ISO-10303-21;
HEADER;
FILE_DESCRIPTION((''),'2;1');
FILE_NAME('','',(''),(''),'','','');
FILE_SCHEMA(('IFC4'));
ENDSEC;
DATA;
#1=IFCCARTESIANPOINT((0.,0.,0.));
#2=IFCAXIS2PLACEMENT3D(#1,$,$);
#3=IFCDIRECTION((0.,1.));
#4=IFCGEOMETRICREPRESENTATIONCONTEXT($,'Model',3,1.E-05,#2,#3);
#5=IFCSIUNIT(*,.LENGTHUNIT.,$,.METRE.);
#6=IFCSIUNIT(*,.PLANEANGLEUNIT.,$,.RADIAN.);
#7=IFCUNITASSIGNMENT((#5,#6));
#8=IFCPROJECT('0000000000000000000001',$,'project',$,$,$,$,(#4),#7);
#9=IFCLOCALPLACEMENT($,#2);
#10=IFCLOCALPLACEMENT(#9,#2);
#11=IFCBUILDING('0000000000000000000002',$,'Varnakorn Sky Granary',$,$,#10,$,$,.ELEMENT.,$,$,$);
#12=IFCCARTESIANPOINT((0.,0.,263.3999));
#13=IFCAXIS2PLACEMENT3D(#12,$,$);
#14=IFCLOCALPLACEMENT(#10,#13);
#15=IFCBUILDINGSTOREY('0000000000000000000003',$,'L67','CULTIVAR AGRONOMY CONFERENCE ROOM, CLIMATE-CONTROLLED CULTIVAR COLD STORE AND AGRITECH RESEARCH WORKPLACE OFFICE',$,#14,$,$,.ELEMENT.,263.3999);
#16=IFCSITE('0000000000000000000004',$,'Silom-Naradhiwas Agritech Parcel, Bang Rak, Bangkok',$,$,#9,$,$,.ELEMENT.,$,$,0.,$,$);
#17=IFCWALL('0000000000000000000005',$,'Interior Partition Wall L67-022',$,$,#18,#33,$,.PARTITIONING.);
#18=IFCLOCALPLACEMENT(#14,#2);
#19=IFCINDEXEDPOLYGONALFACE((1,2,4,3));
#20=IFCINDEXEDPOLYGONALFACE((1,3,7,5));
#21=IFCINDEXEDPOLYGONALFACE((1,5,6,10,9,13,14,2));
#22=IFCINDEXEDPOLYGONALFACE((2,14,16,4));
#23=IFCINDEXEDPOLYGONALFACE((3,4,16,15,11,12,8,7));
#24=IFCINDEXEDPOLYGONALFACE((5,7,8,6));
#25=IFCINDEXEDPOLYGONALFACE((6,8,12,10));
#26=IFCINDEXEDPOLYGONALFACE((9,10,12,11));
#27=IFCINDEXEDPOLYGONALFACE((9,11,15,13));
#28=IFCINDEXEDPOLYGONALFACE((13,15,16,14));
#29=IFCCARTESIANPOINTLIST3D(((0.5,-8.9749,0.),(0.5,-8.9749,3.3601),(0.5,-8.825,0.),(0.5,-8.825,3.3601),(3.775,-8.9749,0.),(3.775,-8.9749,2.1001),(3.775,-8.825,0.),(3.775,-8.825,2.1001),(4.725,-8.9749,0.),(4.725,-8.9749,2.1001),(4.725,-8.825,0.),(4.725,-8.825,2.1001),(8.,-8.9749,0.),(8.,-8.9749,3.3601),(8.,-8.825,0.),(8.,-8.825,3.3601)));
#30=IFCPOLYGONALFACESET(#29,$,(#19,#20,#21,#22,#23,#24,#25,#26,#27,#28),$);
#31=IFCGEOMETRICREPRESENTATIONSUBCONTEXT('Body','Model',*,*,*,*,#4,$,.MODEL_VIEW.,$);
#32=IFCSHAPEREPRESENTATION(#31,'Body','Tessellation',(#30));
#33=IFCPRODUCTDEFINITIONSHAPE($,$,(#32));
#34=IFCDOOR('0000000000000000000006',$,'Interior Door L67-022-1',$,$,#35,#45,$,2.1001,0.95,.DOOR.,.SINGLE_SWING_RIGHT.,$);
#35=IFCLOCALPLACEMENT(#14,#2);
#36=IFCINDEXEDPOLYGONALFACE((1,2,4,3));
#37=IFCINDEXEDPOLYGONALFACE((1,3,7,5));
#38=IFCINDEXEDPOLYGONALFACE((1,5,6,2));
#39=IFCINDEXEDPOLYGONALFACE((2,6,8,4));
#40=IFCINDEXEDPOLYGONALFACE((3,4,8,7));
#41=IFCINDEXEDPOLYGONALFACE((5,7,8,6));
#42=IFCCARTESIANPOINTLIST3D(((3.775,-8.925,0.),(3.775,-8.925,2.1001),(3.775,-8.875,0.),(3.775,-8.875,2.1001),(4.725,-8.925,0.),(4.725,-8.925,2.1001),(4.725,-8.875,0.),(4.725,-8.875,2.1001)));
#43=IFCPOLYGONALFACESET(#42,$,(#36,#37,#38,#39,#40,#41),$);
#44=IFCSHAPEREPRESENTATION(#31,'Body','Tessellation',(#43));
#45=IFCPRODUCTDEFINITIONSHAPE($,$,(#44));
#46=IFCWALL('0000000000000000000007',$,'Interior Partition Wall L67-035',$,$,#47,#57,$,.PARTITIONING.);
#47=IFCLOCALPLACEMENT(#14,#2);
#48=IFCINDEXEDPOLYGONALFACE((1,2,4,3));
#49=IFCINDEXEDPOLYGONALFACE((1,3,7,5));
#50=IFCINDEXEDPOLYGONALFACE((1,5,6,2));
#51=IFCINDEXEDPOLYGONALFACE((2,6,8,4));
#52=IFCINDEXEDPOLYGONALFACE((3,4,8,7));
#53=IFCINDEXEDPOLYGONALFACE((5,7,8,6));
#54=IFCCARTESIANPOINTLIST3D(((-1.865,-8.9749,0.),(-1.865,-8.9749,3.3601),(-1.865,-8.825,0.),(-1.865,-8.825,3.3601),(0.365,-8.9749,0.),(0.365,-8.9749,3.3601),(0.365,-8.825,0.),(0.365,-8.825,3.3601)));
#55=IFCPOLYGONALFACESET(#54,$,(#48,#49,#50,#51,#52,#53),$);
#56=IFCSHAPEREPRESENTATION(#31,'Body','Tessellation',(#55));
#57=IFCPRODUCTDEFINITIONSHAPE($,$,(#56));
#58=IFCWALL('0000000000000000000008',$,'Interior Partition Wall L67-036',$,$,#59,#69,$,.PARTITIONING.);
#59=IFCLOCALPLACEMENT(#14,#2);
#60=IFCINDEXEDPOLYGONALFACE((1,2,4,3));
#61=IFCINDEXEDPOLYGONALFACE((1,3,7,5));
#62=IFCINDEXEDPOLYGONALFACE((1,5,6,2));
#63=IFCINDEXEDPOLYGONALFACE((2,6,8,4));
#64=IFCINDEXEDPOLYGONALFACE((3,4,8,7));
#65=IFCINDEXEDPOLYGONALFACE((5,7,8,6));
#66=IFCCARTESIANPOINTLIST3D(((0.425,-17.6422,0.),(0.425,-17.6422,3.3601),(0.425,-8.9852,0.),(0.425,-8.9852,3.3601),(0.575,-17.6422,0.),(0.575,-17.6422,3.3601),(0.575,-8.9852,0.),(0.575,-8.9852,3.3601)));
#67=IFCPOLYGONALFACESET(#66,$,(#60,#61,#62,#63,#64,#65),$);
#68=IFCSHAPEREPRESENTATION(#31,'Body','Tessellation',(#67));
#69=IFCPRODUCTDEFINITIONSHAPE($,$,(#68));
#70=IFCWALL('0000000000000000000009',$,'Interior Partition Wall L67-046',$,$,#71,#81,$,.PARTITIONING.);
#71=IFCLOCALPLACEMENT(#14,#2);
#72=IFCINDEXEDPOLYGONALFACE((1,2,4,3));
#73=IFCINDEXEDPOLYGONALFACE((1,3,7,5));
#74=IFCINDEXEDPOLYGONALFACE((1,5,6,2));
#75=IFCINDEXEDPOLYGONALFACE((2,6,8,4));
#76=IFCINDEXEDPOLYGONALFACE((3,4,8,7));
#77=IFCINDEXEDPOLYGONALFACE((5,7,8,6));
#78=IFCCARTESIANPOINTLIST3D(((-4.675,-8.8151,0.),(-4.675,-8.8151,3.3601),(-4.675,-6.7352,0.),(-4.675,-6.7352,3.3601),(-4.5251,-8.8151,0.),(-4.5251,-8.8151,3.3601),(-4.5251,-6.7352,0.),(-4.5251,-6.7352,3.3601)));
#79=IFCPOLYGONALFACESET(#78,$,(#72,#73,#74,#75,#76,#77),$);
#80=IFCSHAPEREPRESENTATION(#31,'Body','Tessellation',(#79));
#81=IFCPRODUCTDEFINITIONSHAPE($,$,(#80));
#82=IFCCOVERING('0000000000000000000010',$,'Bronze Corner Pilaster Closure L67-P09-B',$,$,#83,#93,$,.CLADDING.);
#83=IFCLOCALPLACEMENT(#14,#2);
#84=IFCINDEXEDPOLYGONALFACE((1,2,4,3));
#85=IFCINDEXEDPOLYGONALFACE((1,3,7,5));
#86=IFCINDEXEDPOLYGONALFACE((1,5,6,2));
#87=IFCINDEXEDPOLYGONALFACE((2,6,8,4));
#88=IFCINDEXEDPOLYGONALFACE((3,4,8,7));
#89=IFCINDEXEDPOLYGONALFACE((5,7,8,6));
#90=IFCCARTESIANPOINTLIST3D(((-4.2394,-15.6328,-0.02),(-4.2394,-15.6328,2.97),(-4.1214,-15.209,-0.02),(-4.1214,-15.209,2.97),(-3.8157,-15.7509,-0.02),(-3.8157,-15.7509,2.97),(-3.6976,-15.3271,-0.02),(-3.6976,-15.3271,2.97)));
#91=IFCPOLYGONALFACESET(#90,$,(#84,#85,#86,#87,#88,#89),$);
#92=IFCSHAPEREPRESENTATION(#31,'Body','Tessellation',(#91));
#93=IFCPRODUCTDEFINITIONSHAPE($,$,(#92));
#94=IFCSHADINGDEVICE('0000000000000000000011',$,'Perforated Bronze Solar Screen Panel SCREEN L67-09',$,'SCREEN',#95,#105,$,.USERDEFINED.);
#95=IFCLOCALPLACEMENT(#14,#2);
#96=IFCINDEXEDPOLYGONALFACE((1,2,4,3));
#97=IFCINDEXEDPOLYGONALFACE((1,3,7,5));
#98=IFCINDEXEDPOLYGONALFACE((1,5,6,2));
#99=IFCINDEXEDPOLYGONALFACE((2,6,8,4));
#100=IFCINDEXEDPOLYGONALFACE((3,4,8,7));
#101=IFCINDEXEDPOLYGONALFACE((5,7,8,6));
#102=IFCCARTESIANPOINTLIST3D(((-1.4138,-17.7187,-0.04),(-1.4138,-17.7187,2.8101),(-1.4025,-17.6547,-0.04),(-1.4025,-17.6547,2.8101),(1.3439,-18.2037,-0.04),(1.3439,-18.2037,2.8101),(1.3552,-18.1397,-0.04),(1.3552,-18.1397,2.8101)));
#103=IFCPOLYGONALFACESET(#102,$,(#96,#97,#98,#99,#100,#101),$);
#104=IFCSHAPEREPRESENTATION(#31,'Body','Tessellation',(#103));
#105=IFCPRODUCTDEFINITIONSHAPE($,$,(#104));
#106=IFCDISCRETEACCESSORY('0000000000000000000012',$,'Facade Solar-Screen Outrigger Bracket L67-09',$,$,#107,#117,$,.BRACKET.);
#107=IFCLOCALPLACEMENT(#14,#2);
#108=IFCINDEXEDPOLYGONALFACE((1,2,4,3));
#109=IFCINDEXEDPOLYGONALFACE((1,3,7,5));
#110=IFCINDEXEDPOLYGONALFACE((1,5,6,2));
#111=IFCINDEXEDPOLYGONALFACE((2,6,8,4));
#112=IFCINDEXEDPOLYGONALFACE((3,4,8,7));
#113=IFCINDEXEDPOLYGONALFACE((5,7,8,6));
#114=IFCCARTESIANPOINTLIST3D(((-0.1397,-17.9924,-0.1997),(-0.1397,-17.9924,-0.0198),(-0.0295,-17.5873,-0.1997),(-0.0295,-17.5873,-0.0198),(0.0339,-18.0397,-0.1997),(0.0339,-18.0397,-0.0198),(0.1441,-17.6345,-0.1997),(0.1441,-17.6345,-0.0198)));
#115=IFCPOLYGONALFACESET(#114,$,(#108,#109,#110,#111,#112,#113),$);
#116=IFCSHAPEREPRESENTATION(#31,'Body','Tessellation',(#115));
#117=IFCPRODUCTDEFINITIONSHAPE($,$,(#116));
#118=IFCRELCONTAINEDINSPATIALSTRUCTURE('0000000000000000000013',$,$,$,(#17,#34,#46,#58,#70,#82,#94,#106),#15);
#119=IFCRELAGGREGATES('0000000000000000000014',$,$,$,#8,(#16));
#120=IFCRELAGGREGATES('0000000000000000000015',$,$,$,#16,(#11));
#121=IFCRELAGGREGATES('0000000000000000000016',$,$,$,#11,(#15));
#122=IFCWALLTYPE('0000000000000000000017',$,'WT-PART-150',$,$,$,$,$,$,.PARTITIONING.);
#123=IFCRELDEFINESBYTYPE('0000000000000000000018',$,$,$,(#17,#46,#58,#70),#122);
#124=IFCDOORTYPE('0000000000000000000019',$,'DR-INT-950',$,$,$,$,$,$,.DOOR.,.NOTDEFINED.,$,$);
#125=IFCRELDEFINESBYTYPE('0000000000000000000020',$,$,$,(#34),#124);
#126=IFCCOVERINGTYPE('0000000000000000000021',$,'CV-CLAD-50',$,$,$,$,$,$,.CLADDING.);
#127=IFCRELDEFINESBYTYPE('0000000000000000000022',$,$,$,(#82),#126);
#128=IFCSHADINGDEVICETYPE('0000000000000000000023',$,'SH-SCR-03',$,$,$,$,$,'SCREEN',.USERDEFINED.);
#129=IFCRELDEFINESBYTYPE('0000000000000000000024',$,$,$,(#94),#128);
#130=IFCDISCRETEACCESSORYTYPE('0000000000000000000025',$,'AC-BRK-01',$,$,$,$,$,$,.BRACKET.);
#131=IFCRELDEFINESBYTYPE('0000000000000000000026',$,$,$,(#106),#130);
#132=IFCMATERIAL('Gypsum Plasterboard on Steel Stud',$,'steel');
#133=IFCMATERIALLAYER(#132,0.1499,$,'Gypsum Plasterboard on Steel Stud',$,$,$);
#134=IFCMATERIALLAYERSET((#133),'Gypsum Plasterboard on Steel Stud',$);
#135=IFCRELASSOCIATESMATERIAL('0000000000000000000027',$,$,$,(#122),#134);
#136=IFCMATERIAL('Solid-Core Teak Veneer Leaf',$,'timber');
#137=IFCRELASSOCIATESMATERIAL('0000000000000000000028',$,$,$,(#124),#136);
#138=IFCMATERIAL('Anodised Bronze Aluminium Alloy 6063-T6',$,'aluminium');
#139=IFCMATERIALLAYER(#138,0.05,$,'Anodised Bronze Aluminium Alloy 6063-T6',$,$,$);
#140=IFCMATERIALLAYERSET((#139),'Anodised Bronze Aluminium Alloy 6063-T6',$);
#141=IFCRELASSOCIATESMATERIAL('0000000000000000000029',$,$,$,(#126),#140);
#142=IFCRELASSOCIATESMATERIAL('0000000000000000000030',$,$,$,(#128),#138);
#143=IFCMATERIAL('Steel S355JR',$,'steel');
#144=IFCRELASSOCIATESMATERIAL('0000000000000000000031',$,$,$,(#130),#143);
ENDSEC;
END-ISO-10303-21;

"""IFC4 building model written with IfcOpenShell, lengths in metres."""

from ifc_helpers import new_model, si_unit, direction, frame, frame_2d, origin, origin_2d, place, context, subcontext, project, spatial, rectangle, extrude, source, transform, mapped, material, layer, layer_set, type_object, type_shapes, element, fill, save


model = new_model("IFC4")

# Units and contexts
model_context = context("Model", 3, precision=1e-05, world=origin(), true_north=direction((0.0, 1.0)))
body_context = subcontext(model_context, "Body", "Model", "MODEL_VIEW")
ifc_project = project(units=[si_unit("LENGTHUNIT", "METRE"), si_unit("PLANEANGLEUNIT", "RADIAN")], contexts=[model_context])

# Site, building, storey
site_placement = place(None, origin())
site = spatial("IfcSite", under=ifc_project, at=site_placement, Name="Silom-Naradhiwas Agritech Parcel, Bang Rak, Bangkok", CompositionType="ELEMENT", RefElevation=0.0)
building_placement = place(site_placement, origin())
building = spatial("IfcBuilding", under=site, at=building_placement, Name="Varnakorn Sky Granary", CompositionType="ELEMENT")
storey_placement = place(building_placement, frame((0.0, 0.0, 263.3999)))
storey = spatial("IfcBuildingStorey", under=building, at=storey_placement, Name="L67", Description="CULTIVAR AGRONOMY CONFERENCE ROOM, CLIMATE-CONTROLLED CULTIVAR COLD STORE AND AGRITECH RESEARCH WORKPLACE OFFICE", CompositionType="ELEMENT", Elevation=263.3999)

# Shared definitions
ifc_material_1 = material(Name="Steel S355JR", Category="steel")

# Shared definitions
ifc_material_2 = material(Name="Anodised Bronze Aluminium Alloy 6063-T6", Category="aluminium")

# Wall, opening, door
ifc_material_3 = material(Name="Gypsum Plasterboard on Steel Stud", Category="steel")
ifc_layer_1 = layer(ifc_material_3, 0.1499, Name="Gypsum Plasterboard on Steel Stud")
ifc_layer_set_1 = layer_set([ifc_layer_1], Name="Gypsum Plasterboard on Steel Stud")
wall_type = type_object("IfcWallType", Name="WT-PART-150", PredefinedType="PARTITIONING", material=ifc_layer_set_1)
ifc_material_4 = material(Name="Solid-Core Teak Veneer Leaf", Category="timber")
door_type = type_object("IfcDoorType", Name="DR-INT-950", OperationType="NOTDEFINED", PredefinedType="DOOR", material=ifc_material_4)
wall_1_placement = place(storey_placement, frame((0.5, -8.8999, 0.0), z_axis=(0.0, 0.0, 1.0), x_axis=(1.0, 0.0, 0.0)))
wall_1 = element("IfcWall", 1, at=wall_1_placement, inside=storey, type_object=wall_type, Name="Interior Partition Wall L67-022", PredefinedType="PARTITIONING", context=body_context, shape_type="SweptSolid", body=[
    extrude(rectangle(XDim=7.5, YDim=0.1499, at=frame_2d((3.75, 0.0))), origin(), (0.0, 0.0, 1.0), 3.3601),
])
opening_1_placement = place(wall_1_placement, frame((3.2749, 0.0, 0.0)))
opening_1 = element("IfcOpeningElement", 2, at=opening_1_placement, cuts=wall_1, PredefinedType="OPENING", context=body_context, shape_type="SweptSolid", body=[
    extrude(rectangle(XDim=0.95, YDim=2.1001, at=frame_2d((0.4751, 1.05))), frame((0.0, 0.085, 0.0), z_axis=(0.0, -1.0, 0.0), x_axis=(1.0, 0.0, 0.0)), (0.0, 0.0, 1.0), 0.1699),
])
door_1_placement = place(opening_1_placement, origin())
door_1 = element("IfcDoor", 3, at=door_1_placement, inside=storey, type_object=door_type, Name="Interior Door L67-022-1", OperationType="SINGLE_SWING_RIGHT", OverallHeight=2.1001, OverallWidth=0.95, PredefinedType="DOOR", context=body_context, shape_type="SweptSolid", body=[
    extrude(rectangle(XDim=0.95, YDim=2.1001, at=frame_2d((0.4751, 1.05))), frame((0.0, 0.0249, 0.0), z_axis=(0.0, -1.0, 0.0), x_axis=(1.0, 0.0, 0.0)), (0.0, 0.0, 1.0), 0.05),
])
fill(opening_1, door_1)

# Walls
wall_2_placement = place(storey_placement, frame((-1.865, -8.8999, 0.0), z_axis=(0.0, 0.0, 1.0), x_axis=(1.0, 0.0, 0.0)))
element("IfcWall", 4, at=wall_2_placement, inside=storey, type_object=wall_type, Name="Interior Partition Wall L67-035", PredefinedType="PARTITIONING", context=body_context, shape_type="SweptSolid", body=[
    extrude(rectangle(XDim=2.23, YDim=0.1499, at=frame_2d((1.115, 0.0))), origin(), (0.0, 0.0, 1.0), 3.3601),
])
wall_3_placement = place(storey_placement, frame((0.5, -8.9851, 0.0), z_axis=(0.0, 0.0, 1.0), x_axis=(0.0, -1.0, 0.0)))
element("IfcWall", 5, at=wall_3_placement, inside=storey, type_object=wall_type, Name="Interior Partition Wall L67-036", PredefinedType="PARTITIONING", context=body_context, shape_type="SweptSolid", body=[
    extrude(rectangle(XDim=8.657, YDim=0.1499, at=frame_2d((4.3286, 0.0))), origin(), (0.0, 0.0, 1.0), 3.3601),
])
wall_4_placement = place(storey_placement, frame((-4.6001, -6.7351, 0.0), z_axis=(0.0, 0.0, 1.0), x_axis=(0.0, -1.0, 0.0)))
element("IfcWall", 6, at=wall_4_placement, inside=storey, type_object=wall_type, Name="Interior Partition Wall L67-046", PredefinedType="PARTITIONING", context=body_context, shape_type="SweptSolid", body=[
    extrude(rectangle(XDim=2.0798, YDim=0.1499, at=frame_2d((1.04, 0.0))), origin(), (0.0, 0.0, 1.0), 3.3601),
])

# Covering
ifc_layer_2 = layer(ifc_material_2, 0.05, Name="Anodised Bronze Aluminium Alloy 6063-T6")
ifc_layer_set_2 = layer_set([ifc_layer_2], Name="Anodised Bronze Aluminium Alloy 6063-T6")
covering_type = type_object("IfcCoveringType", Name="CV-CLAD-50", PredefinedType="CLADDING", material=ifc_layer_set_2)
shared_shape_1 = source(origin(), body_context, "Body", "SweptSolid", [
    extrude(rectangle(XDim=0.4399, YDim=0.4399, at=origin_2d()), origin(), (0.0, 0.0, 1.0), 2.99),
])
type_shapes(covering_type, [shared_shape_1])
covering_placement = place(storey_placement, frame((-3.9685, -15.48, -0.02), z_axis=(0.0, 0.0, 1.0), x_axis=(-0.963303, 0.268415, 0.0)))
element("IfcCovering", 7, at=covering_placement, inside=storey, type_object=covering_type, Name="Bronze Corner Pilaster Closure L67-P09-B", PredefinedType="CLADDING", context=body_context, shape_type="MappedRepresentation", body=[
    mapped(shared_shape_1, transform((0.0, 0.0, 0.0), x_axis=(1.0, 0.0, 0.0), y_axis=(0.0, 1.0, 0.0), z_axis=(0.0, 0.0, 1.0), scale=1.0)),
])

# Shading device
shading_device_type = type_object("IfcShadingDeviceType", Name="SH-SCR-03", ElementType="SCREEN", PredefinedType="USERDEFINED", material=ifc_material_2)
shared_shape_2 = source(origin(), body_context, "Body", "SweptSolid", [
    extrude(rectangle(XDim=2.8, YDim=0.0649, at=origin_2d()), origin(), (0.0, 0.0, 1.0), 2.8501),
])
type_shapes(shading_device_type, [shared_shape_2])
shading_device_placement = place(storey_placement, frame((-0.0293, -17.9292, -0.04), z_axis=(0.0, 0.0, 1.0), x_axis=(0.984886, -0.173205, 0.0)))
element("IfcShadingDevice", 8, at=shading_device_placement, inside=storey, type_object=shading_device_type, Name="Perforated Bronze Solar Screen Panel SCREEN L67-09", ObjectType="SCREEN", PredefinedType="USERDEFINED", context=body_context, shape_type="MappedRepresentation", body=[
    mapped(shared_shape_2, transform((0.0, 0.0, 0.0), x_axis=(1.0, 0.0, 0.0), y_axis=(0.0, 1.0, 0.0), z_axis=(0.0, 0.0, 1.0), scale=1.0)),
])

# Discrete accessory
discrete_accessory_type = type_object("IfcDiscreteAccessoryType", Name="AC-BRK-01", PredefinedType="BRACKET", material=ifc_material_1)
shared_shape_3 = source(origin(), body_context, "Body", "SweptSolid", [
    extrude(rectangle(XDim=0.1799, YDim=0.4199, at=origin_2d()), origin(), (0.0, 0.0, 1.0), 0.1799),
])
type_shapes(discrete_accessory_type, [shared_shape_3])
discrete_accessory_placement = place(storey_placement, frame((0.0022, -17.8135, -0.1997), z_axis=(0.0, 0.0, 1.0), x_axis=(0.964905, -0.262597, 0.0)))
element("IfcDiscreteAccessory", 9, at=discrete_accessory_placement, inside=storey, type_object=discrete_accessory_type, Name="Facade Solar-Screen Outrigger Bracket L67-09", PredefinedType="BRACKET", context=body_context, shape_type="MappedRepresentation", body=[
    mapped(shared_shape_3, transform((0.0, 0.0, 0.0), x_axis=(1.0, 0.0, 0.0), y_axis=(0.0, 1.0, 0.0), z_axis=(0.0, 0.0, 1.0), scale=1.0)),
])

save(model, "model.ifc")
